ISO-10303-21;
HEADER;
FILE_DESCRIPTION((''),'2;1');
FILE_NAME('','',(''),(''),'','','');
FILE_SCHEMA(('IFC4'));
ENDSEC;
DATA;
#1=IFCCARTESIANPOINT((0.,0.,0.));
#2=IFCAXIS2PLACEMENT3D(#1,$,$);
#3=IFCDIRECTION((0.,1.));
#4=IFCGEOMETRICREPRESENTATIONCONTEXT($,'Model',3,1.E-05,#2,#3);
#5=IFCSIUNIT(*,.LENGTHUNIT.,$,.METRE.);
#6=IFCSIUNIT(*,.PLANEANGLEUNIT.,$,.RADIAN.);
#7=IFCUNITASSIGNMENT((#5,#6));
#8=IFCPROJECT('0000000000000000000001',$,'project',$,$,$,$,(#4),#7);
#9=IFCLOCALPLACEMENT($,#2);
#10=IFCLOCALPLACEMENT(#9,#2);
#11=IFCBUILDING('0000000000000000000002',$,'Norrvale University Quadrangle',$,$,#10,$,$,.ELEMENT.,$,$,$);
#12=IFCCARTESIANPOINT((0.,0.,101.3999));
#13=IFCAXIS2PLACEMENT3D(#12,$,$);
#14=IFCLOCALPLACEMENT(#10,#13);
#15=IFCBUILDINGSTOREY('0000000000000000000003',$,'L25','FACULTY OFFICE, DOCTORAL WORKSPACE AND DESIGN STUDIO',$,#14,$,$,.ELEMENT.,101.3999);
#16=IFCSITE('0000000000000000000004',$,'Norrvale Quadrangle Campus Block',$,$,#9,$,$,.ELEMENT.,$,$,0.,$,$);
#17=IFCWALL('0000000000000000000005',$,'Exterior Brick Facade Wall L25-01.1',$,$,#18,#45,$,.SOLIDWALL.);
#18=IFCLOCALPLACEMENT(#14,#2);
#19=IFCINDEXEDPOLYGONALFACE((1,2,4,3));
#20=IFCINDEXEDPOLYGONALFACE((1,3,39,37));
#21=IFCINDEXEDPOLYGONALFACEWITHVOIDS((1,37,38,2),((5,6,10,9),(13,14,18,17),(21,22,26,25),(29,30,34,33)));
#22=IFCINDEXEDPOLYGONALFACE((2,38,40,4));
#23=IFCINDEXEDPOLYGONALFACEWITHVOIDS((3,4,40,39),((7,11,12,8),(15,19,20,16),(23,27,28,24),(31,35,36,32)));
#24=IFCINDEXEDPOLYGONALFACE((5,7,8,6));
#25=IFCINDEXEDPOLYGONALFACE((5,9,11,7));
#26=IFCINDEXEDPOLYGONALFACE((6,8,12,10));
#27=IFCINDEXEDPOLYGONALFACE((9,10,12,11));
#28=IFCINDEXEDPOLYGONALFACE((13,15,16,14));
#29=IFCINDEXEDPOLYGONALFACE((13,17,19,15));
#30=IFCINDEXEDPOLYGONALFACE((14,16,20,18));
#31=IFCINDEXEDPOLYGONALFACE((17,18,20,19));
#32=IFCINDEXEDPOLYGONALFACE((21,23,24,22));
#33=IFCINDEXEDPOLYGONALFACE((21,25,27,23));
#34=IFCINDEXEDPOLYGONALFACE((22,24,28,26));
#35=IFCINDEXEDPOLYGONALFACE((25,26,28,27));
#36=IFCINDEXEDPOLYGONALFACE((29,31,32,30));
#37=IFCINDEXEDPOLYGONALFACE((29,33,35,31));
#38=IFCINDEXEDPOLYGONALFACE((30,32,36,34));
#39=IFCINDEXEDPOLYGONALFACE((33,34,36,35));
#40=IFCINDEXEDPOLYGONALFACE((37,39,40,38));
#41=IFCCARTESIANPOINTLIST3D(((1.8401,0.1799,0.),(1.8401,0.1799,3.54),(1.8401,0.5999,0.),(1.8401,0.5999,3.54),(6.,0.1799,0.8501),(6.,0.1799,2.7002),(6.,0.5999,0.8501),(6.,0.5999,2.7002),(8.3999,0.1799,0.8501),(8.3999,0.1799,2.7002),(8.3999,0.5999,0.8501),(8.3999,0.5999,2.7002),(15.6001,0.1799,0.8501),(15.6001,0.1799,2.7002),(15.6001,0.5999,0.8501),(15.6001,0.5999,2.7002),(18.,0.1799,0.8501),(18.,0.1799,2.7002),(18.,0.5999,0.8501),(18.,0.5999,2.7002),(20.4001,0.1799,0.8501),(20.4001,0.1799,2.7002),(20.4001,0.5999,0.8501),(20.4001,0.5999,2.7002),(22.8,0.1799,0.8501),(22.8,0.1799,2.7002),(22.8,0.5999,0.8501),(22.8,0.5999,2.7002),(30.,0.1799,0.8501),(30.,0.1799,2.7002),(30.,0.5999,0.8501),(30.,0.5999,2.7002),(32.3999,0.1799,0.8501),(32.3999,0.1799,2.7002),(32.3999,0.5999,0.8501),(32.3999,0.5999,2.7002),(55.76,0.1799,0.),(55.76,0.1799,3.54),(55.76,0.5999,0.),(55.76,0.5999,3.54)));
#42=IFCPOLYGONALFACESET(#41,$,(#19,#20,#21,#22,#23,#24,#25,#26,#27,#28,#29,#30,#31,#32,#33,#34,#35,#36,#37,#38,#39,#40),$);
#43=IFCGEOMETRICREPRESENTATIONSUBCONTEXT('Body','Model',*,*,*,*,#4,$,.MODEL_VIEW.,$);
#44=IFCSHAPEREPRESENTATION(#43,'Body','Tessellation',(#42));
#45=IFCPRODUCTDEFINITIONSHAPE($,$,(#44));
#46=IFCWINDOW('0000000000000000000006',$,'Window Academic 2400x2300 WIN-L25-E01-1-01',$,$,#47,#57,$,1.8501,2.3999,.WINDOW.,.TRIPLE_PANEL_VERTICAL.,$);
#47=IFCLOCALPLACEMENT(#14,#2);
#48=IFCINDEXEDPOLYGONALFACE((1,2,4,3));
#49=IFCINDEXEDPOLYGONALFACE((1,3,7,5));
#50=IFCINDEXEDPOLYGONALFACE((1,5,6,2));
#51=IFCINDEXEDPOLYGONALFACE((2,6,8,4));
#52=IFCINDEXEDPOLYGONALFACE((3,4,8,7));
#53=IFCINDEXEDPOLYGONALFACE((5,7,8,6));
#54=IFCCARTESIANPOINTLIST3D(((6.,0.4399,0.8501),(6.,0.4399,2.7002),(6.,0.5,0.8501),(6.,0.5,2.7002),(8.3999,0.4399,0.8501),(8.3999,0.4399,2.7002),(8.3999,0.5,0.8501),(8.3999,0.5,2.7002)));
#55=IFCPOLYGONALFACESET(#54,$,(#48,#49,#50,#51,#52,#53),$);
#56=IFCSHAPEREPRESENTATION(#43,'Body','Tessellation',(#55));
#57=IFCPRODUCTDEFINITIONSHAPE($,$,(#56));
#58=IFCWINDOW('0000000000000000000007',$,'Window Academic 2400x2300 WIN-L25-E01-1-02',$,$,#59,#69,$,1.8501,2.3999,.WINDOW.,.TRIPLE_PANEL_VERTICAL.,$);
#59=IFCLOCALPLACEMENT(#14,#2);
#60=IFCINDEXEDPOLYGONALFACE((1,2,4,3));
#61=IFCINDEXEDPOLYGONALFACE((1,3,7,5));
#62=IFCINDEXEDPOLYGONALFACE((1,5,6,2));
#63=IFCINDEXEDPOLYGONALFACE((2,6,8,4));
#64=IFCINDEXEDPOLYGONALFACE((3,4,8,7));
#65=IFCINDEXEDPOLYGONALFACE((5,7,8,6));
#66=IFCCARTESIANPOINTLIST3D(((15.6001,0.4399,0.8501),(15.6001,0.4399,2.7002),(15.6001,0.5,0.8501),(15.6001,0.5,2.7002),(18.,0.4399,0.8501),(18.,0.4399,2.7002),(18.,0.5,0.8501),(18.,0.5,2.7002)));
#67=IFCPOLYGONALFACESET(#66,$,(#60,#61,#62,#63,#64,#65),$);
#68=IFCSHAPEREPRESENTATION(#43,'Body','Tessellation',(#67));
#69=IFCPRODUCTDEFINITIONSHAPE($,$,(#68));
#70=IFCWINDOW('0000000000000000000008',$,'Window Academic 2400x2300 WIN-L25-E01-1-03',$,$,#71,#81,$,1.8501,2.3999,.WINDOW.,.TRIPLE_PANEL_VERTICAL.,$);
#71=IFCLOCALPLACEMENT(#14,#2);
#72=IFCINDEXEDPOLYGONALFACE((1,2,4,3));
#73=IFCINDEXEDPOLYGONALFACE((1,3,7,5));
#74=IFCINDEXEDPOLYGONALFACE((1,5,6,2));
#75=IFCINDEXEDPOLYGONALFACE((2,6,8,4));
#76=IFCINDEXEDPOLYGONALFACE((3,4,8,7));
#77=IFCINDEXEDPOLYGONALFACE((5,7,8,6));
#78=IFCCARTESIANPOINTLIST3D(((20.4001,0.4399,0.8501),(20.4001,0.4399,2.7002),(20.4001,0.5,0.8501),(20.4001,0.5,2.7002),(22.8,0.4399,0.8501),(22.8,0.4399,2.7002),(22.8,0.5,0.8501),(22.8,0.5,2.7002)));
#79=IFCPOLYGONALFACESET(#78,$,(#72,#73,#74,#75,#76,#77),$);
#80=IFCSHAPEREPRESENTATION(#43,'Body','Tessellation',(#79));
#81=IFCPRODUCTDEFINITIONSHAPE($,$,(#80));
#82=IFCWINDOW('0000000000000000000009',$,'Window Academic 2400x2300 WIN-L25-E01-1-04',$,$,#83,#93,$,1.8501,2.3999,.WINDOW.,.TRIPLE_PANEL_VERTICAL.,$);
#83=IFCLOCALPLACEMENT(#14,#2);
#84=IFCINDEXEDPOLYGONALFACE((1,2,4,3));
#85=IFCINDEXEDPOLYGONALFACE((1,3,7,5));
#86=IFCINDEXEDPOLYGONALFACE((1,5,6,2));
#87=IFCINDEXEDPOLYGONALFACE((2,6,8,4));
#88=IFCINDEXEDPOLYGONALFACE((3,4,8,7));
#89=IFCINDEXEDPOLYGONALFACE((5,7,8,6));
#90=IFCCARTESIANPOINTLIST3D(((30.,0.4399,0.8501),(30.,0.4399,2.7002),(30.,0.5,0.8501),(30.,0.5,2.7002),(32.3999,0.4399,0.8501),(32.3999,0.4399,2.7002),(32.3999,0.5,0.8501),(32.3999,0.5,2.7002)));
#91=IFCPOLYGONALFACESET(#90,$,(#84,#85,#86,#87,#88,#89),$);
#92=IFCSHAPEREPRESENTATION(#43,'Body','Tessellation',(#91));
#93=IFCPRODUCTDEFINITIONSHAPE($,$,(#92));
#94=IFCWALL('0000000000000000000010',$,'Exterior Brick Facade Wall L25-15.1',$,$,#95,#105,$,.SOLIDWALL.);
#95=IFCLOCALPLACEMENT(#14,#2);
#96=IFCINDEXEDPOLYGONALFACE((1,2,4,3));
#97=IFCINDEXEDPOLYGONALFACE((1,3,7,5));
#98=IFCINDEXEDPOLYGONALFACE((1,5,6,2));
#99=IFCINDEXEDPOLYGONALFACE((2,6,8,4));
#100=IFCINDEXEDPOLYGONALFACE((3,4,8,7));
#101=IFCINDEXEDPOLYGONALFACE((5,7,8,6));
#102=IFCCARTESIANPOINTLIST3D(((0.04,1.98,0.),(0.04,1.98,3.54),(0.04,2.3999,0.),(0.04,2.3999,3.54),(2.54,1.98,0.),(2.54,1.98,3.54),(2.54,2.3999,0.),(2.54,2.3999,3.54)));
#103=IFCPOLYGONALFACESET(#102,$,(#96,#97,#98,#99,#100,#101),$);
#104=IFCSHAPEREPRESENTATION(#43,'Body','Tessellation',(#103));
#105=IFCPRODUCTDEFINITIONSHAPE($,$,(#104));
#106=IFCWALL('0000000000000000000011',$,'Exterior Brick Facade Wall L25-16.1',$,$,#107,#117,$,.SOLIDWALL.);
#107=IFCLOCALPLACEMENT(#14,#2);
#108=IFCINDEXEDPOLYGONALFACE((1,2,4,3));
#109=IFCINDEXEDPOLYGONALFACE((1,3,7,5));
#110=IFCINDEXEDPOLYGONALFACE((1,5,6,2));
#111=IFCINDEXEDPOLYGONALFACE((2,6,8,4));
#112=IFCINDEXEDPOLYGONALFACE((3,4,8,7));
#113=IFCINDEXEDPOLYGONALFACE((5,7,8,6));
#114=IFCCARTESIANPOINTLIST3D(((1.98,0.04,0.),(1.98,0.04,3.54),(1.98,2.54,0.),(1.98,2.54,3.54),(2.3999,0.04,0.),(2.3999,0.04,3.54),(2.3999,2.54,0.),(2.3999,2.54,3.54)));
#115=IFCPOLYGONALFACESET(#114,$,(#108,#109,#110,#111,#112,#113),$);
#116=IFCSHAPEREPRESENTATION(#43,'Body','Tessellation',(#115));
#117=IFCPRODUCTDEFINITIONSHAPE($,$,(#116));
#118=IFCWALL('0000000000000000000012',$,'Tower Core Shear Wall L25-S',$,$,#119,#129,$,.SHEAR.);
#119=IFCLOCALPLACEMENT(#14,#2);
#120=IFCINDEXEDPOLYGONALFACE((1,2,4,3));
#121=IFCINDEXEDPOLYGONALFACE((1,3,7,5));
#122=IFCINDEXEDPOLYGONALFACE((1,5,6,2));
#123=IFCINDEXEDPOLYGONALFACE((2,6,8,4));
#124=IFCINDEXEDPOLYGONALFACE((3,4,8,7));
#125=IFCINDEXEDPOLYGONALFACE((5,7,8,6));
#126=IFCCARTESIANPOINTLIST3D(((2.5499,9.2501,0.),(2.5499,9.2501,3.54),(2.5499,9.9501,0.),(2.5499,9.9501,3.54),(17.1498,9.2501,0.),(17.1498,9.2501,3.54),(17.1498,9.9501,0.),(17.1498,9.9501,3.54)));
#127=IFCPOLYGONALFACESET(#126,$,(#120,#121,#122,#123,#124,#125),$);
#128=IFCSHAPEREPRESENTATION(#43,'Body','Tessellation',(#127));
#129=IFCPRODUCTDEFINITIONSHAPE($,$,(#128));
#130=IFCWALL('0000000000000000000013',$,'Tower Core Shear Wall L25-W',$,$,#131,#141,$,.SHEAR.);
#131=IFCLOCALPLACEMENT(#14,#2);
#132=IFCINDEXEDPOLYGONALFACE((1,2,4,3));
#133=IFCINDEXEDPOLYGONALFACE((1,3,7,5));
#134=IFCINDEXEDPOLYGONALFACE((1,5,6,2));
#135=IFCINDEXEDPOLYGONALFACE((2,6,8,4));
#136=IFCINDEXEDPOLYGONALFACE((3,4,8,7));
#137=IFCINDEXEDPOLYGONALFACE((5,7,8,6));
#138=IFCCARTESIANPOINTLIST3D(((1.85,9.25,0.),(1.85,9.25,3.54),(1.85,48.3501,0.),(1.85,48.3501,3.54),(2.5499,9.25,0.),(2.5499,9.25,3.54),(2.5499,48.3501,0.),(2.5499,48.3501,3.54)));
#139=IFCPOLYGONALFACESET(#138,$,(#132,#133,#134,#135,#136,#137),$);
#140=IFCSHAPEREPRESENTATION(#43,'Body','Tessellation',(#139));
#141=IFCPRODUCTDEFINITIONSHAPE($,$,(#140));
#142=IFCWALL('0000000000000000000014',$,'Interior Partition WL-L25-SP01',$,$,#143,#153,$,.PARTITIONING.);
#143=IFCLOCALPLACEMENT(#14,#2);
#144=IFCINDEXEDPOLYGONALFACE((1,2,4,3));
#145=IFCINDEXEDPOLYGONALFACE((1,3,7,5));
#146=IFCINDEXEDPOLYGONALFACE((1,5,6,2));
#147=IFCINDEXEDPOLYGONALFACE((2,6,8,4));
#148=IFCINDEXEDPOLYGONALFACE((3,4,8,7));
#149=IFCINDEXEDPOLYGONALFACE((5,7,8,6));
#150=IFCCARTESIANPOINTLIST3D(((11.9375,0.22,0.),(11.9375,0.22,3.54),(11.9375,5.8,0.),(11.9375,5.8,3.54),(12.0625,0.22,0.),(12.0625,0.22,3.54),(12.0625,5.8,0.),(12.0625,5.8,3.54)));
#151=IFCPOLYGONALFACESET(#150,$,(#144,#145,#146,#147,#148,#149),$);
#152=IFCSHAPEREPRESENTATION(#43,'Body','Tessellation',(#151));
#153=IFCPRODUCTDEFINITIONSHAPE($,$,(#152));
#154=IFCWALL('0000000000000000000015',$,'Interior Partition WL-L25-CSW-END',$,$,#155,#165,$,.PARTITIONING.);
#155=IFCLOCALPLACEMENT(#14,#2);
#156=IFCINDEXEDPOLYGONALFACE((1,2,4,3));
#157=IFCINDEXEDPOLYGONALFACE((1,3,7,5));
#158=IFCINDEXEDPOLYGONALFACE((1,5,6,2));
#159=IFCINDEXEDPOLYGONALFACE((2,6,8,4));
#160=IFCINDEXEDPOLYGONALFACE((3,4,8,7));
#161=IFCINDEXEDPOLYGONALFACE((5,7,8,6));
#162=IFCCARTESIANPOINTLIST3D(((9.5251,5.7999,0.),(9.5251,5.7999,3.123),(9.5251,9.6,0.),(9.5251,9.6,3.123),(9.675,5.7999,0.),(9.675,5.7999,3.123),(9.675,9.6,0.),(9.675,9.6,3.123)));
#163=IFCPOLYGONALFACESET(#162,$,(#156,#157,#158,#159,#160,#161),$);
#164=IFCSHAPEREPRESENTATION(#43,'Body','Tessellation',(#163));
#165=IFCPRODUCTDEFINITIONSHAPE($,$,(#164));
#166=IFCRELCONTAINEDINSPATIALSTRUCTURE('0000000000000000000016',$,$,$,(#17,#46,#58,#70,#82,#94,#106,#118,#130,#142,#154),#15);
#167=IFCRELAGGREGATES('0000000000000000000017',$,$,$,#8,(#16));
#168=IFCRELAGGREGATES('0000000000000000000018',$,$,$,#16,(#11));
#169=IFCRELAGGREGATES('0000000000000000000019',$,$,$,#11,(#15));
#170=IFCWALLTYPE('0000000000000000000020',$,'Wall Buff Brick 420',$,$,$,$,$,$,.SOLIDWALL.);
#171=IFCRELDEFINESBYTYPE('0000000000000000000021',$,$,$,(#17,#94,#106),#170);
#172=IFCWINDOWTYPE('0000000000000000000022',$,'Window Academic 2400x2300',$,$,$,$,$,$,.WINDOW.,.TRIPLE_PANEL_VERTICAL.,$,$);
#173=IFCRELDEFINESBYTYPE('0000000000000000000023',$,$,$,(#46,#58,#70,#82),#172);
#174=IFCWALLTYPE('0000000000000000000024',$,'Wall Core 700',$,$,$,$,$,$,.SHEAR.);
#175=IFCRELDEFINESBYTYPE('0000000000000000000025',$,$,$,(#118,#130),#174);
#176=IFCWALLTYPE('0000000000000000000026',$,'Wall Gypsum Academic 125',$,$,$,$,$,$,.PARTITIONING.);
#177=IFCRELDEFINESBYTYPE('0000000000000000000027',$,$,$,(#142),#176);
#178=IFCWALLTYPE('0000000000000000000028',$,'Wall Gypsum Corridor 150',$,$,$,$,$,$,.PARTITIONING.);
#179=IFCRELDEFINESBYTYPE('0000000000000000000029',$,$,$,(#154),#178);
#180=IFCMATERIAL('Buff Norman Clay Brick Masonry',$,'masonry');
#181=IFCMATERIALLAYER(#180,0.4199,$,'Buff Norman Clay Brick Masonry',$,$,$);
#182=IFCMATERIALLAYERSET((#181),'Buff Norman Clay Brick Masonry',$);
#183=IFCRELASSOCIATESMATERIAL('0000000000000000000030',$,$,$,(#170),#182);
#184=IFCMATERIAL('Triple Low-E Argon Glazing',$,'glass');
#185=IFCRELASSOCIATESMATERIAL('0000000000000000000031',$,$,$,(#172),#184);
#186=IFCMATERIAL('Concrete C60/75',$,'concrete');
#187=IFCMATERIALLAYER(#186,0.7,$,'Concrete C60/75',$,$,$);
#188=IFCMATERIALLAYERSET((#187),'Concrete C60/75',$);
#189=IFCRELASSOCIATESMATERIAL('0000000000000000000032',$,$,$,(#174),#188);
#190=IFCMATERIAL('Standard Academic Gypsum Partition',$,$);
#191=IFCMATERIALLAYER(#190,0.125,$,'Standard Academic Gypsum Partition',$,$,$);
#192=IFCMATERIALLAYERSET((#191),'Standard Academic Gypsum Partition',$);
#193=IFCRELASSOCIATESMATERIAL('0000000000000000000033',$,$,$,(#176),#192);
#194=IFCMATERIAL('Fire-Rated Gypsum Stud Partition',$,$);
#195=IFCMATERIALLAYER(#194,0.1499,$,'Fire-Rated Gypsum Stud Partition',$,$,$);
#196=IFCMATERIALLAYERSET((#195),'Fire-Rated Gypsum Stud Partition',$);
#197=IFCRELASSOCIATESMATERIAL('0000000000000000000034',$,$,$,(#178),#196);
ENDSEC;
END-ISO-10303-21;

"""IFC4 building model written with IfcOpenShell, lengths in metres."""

from ifc_helpers import new_model, si_unit, direction, frame, frame_2d, origin, place, context, subcontext, project, spatial, rectangle, extrude, material, layer, layer_set, type_object, element, fill, save


model = new_model("IFC4")

# Units and contexts
model_context = context("Model", 3, precision=1e-05, world=origin(), true_north=direction((0.0, 1.0)))
body_context = subcontext(model_context, "Body", "Model", "MODEL_VIEW")
ifc_project = project(units=[si_unit("LENGTHUNIT", "METRE"), si_unit("PLANEANGLEUNIT", "RADIAN")], contexts=[model_context])

# Site, building, storey
site_placement = place(None, origin())
site = spatial("IfcSite", under=ifc_project, at=site_placement, Name="Norrvale Quadrangle Campus Block", CompositionType="ELEMENT", RefElevation=0.0)
building_placement = place(site_placement, origin())
building = spatial("IfcBuilding", under=site, at=building_placement, Name="Norrvale University Quadrangle", CompositionType="ELEMENT")
storey_placement = place(building_placement, frame((0.0, 0.0, 101.3999)))
storey = spatial("IfcBuildingStorey", under=building, at=storey_placement, Name="L25", Description="FACULTY OFFICE, DOCTORAL WORKSPACE AND DESIGN STUDIO", CompositionType="ELEMENT", Elevation=101.3999)

# Shared definitions
ifc_material_1 = material(Name="Concrete C60/75", Category="concrete")

# Wall, openings, windows
ifc_material_2 = material(Name="Buff Norman Clay Brick Masonry", Category="masonry")
ifc_layer_1 = layer(ifc_material_2, 0.4199, Name="Buff Norman Clay Brick Masonry")
ifc_layer_set_1 = layer_set([ifc_layer_1], Name="Buff Norman Clay Brick Masonry")
wall_type_1 = type_object("IfcWallType", Name="Wall Buff Brick 420", PredefinedType="SOLIDWALL", material=ifc_layer_set_1)
wall_1_placement = place(storey_placement, frame((1.8401, 0.3899, 0.0), z_axis=(0.0, 0.0, 1.0), x_axis=(1.0, 0.0, 0.0)))
wall_1 = element("IfcWall", 1, at=wall_1_placement, inside=storey, type_object=wall_type_1, Name="Exterior Brick Facade Wall L25-01.1", PredefinedType="SOLIDWALL", context=body_context, shape_type="SweptSolid", body=[
    extrude(rectangle(XDim=53.9199, YDim=0.4199, at=frame_2d((26.96, 0.0))), origin(), (0.0, 0.0, 1.0), 3.54),
])
opening_1_placement = place(wall_1_placement, frame((4.1599, 0.0, 0.8501)))
opening_1 = element("IfcOpeningElement", 2, at=opening_1_placement, cuts=wall_1, PredefinedType="OPENING", context=body_context, shape_type="SweptSolid", body=[
    extrude(rectangle(XDim=2.3999, YDim=1.8501, at=frame_2d((1.2, 0.925))), frame((0.0, 0.2219, 0.0), z_axis=(0.0, -1.0, 0.0), x_axis=(1.0, 0.0, 0.0)), (0.0, 0.0, 1.0), 0.4438),
])
opening_2_placement = place(wall_1_placement, frame((13.76, 0.0, 0.8501)))
opening_2 = element("IfcOpeningElement", 3, at=opening_2_placement, cuts=wall_1, PredefinedType="OPENING", context=body_context, shape_type="SweptSolid", body=[
    extrude(rectangle(XDim=2.3999, YDim=1.8501, at=frame_2d((1.2, 0.925))), frame((0.0, 0.2219, 0.0), z_axis=(0.0, -1.0, 0.0), x_axis=(1.0, 0.0, 0.0)), (0.0, 0.0, 1.0), 0.4438),
])
opening_3_placement = place(wall_1_placement, frame((18.5601, 0.0, 0.8501)))
opening_3 = element("IfcOpeningElement", 4, at=opening_3_placement, cuts=wall_1, PredefinedType="OPENING", context=body_context, shape_type="SweptSolid", body=[
    extrude(rectangle(XDim=2.3999, YDim=1.8501, at=frame_2d((1.2, 0.925))), frame((0.0, 0.2219, 0.0), z_axis=(0.0, -1.0, 0.0), x_axis=(1.0, 0.0, 0.0)), (0.0, 0.0, 1.0), 0.4438),
])
opening_4_placement = place(wall_1_placement, frame((28.1599, 0.0, 0.8501)))
opening_4 = element("IfcOpeningElement", 5, at=opening_4_placement, cuts=wall_1, PredefinedType="OPENING", context=body_context, shape_type="SweptSolid", body=[
    extrude(rectangle(XDim=2.3999, YDim=1.8501, at=frame_2d((1.2, 0.925))), frame((0.0, 0.2219, 0.0), z_axis=(0.0, -1.0, 0.0), x_axis=(1.0, 0.0, 0.0)), (0.0, 0.0, 1.0), 0.4438),
])
ifc_material_3 = material(Name="Triple Low-E Argon Glazing", Category="glass")
window_type = type_object("IfcWindowType", Name="Window Academic 2400x2300", PartitioningType="TRIPLE_PANEL_VERTICAL", PredefinedType="WINDOW", material=ifc_material_3)
window_1_placement = place(opening_1_placement, origin())
window_1 = element("IfcWindow", 6, at=window_1_placement, inside=storey, type_object=window_type, Name="Window Academic 2400x2300 WIN-L25-E01-1-01", OverallHeight=1.8501, OverallWidth=2.3999, PartitioningType="TRIPLE_PANEL_VERTICAL", PredefinedType="WINDOW", context=body_context, shape_type="SweptSolid", body=[
    extrude(rectangle(XDim=2.3999, YDim=1.8501, at=frame_2d((1.2, 0.925))), frame((0.0, 0.1101, 0.0), z_axis=(0.0, -1.0, 0.0), x_axis=(1.0, 0.0, 0.0)), (0.0, 0.0, 1.0), 0.0601),
])
fill(opening_1, window_1)
window_2_placement = place(opening_2_placement, origin())
window_2 = element("IfcWindow", 7, at=window_2_placement, inside=storey, type_object=window_type, Name="Window Academic 2400x2300 WIN-L25-E01-1-02", OverallHeight=1.8501, OverallWidth=2.3999, PartitioningType="TRIPLE_PANEL_VERTICAL", PredefinedType="WINDOW", context=body_context, shape_type="SweptSolid", body=[
    extrude(rectangle(XDim=2.3999, YDim=1.8501, at=frame_2d((1.2, 0.925))), frame((0.0, 0.1101, 0.0), z_axis=(0.0, -1.0, 0.0), x_axis=(1.0, 0.0, 0.0)), (0.0, 0.0, 1.0), 0.0601),
])
fill(opening_2, window_2)
window_3_placement = place(opening_3_placement, origin())
window_3 = element("IfcWindow", 8, at=window_3_placement, inside=storey, type_object=window_type, Name="Window Academic 2400x2300 WIN-L25-E01-1-03", OverallHeight=1.8501, OverallWidth=2.3999, PartitioningType="TRIPLE_PANEL_VERTICAL", PredefinedType="WINDOW", context=body_context, shape_type="SweptSolid", body=[
    extrude(rectangle(XDim=2.3999, YDim=1.8501, at=frame_2d((1.2, 0.925))), frame((0.0, 0.1101, 0.0), z_axis=(0.0, -1.0, 0.0), x_axis=(1.0, 0.0, 0.0)), (0.0, 0.0, 1.0), 0.0601),
])
fill(opening_3, window_3)
window_4_placement = place(opening_4_placement, origin())
window_4 = element("IfcWindow", 9, at=window_4_placement, inside=storey, type_object=window_type, Name="Window Academic 2400x2300 WIN-L25-E01-1-04", OverallHeight=1.8501, OverallWidth=2.3999, PartitioningType="TRIPLE_PANEL_VERTICAL", PredefinedType="WINDOW", context=body_context, shape_type="SweptSolid", body=[
    extrude(rectangle(XDim=2.3999, YDim=1.8501, at=frame_2d((1.2, 0.925))), frame((0.0, 0.1101, 0.0), z_axis=(0.0, -1.0, 0.0), x_axis=(1.0, 0.0, 0.0)), (0.0, 0.0, 1.0), 0.0601),
])
fill(opening_4, window_4)

# Walls
for number, where, z_axis, x_axis, name in (
    (10, (0.04, 2.1899, 0.0), (0.0, 0.0, 1.0), (1.0, 0.0, 0.0), "Exterior Brick Facade Wall L25-15.1"),
    (11, (2.1899, 2.54, 0.0), (0.0, 0.0, 1.0), (0.0, -1.0, 0.0), "Exterior Brick Facade Wall L25-16.1"),
):
    element("IfcWall", number, at=place(storey_placement, frame(where, z_axis=z_axis, x_axis=x_axis)), inside=storey, type_object=wall_type_1, Name=name, PredefinedType="SOLIDWALL", context=body_context, shape_type="SweptSolid", body=[
        extrude(rectangle(XDim=2.5, YDim=0.4199, at=frame_2d((1.25, 0.0))), origin(), (0.0, 0.0, 1.0), 3.54),
    ])
ifc_layer_2 = layer(ifc_material_1, 0.7, Name="Concrete C60/75")
ifc_layer_set_2 = layer_set([ifc_layer_2], Name="Concrete C60/75")
wall_type_2 = type_object("IfcWallType", Name="Wall Core 700", PredefinedType="SHEAR", material=ifc_layer_set_2)
wall_2_placement = place(storey_placement, frame((2.55, 9.6001, 0.0), z_axis=(0.0, 0.0, 1.0), x_axis=(1.0, 0.0, 0.0)))
element("IfcWall", 12, at=wall_2_placement, inside=storey, type_object=wall_type_2, Name="Tower Core Shear Wall L25-S", PredefinedType="SHEAR", context=body_context, shape_type="SweptSolid", body=[
    extrude(rectangle(XDim=14.5999, YDim=0.7, at=frame_2d((7.2998, 0.0))), origin(), (0.0, 0.0, 1.0), 3.54),
])
wall_3_placement = place(storey_placement, frame((2.2, 9.25, 0.0), z_axis=(0.0, 0.0, 1.0), x_axis=(0.0, 1.0, 0.0)))
element("IfcWall", 13, at=wall_3_placement, inside=storey, type_object=wall_type_2, Name="Tower Core Shear Wall L25-W", PredefinedType="SHEAR", context=body_context, shape_type="SweptSolid", body=[
    extrude(rectangle(XDim=39.1001, YDim=0.7, at=frame_2d((19.55, 0.0))), origin(), (0.0, 0.0, 1.0), 3.54),
])
ifc_material_4 = material(Name="Standard Academic Gypsum Partition")
ifc_layer_3 = layer(ifc_material_4, 0.125, Name="Standard Academic Gypsum Partition")
ifc_layer_set_3 = layer_set([ifc_layer_3], Name="Standard Academic Gypsum Partition")
wall_type_3 = type_object("IfcWallType", Name="Wall Gypsum Academic 125", PredefinedType="PARTITIONING", material=ifc_layer_set_3)
wall_4_placement = place(storey_placement, frame((12.0, 0.22, 0.0), z_axis=(0.0, 0.0, 1.0), x_axis=(0.0, 1.0, 0.0)))
element("IfcWall", 14, at=wall_4_placement, inside=storey, type_object=wall_type_3, Name="Interior Partition WL-L25-SP01", PredefinedType="PARTITIONING", context=body_context, shape_type="SweptSolid", body=[
    extrude(rectangle(XDim=5.5801, YDim=0.125, at=frame_2d((2.79, 0.0))), origin(), (0.0, 0.0, 1.0), 3.54),
])
ifc_material_5 = material(Name="Fire-Rated Gypsum Stud Partition")
ifc_layer_4 = layer(ifc_material_5, 0.1499, Name="Fire-Rated Gypsum Stud Partition")
ifc_layer_set_4 = layer_set([ifc_layer_4], Name="Fire-Rated Gypsum Stud Partition")
wall_type_4 = type_object("IfcWallType", Name="Wall Gypsum Corridor 150", PredefinedType="PARTITIONING", material=ifc_layer_set_4)
wall_5_placement = place(storey_placement, frame((9.6001, 5.8, 0.0), z_axis=(0.0, 0.0, 1.0), x_axis=(0.0, 1.0, 0.0)))
element("IfcWall", 15, at=wall_5_placement, inside=storey, type_object=wall_type_4, Name="Interior Partition WL-L25-CSW-END", PredefinedType="PARTITIONING", context=body_context, shape_type="SweptSolid", body=[
    extrude(rectangle(XDim=3.8, YDim=0.1499, at=frame_2d((1.8999, 0.0))), origin(), (0.0, 0.0, 1.0), 3.123),
])

save(model, "model.ifc")
